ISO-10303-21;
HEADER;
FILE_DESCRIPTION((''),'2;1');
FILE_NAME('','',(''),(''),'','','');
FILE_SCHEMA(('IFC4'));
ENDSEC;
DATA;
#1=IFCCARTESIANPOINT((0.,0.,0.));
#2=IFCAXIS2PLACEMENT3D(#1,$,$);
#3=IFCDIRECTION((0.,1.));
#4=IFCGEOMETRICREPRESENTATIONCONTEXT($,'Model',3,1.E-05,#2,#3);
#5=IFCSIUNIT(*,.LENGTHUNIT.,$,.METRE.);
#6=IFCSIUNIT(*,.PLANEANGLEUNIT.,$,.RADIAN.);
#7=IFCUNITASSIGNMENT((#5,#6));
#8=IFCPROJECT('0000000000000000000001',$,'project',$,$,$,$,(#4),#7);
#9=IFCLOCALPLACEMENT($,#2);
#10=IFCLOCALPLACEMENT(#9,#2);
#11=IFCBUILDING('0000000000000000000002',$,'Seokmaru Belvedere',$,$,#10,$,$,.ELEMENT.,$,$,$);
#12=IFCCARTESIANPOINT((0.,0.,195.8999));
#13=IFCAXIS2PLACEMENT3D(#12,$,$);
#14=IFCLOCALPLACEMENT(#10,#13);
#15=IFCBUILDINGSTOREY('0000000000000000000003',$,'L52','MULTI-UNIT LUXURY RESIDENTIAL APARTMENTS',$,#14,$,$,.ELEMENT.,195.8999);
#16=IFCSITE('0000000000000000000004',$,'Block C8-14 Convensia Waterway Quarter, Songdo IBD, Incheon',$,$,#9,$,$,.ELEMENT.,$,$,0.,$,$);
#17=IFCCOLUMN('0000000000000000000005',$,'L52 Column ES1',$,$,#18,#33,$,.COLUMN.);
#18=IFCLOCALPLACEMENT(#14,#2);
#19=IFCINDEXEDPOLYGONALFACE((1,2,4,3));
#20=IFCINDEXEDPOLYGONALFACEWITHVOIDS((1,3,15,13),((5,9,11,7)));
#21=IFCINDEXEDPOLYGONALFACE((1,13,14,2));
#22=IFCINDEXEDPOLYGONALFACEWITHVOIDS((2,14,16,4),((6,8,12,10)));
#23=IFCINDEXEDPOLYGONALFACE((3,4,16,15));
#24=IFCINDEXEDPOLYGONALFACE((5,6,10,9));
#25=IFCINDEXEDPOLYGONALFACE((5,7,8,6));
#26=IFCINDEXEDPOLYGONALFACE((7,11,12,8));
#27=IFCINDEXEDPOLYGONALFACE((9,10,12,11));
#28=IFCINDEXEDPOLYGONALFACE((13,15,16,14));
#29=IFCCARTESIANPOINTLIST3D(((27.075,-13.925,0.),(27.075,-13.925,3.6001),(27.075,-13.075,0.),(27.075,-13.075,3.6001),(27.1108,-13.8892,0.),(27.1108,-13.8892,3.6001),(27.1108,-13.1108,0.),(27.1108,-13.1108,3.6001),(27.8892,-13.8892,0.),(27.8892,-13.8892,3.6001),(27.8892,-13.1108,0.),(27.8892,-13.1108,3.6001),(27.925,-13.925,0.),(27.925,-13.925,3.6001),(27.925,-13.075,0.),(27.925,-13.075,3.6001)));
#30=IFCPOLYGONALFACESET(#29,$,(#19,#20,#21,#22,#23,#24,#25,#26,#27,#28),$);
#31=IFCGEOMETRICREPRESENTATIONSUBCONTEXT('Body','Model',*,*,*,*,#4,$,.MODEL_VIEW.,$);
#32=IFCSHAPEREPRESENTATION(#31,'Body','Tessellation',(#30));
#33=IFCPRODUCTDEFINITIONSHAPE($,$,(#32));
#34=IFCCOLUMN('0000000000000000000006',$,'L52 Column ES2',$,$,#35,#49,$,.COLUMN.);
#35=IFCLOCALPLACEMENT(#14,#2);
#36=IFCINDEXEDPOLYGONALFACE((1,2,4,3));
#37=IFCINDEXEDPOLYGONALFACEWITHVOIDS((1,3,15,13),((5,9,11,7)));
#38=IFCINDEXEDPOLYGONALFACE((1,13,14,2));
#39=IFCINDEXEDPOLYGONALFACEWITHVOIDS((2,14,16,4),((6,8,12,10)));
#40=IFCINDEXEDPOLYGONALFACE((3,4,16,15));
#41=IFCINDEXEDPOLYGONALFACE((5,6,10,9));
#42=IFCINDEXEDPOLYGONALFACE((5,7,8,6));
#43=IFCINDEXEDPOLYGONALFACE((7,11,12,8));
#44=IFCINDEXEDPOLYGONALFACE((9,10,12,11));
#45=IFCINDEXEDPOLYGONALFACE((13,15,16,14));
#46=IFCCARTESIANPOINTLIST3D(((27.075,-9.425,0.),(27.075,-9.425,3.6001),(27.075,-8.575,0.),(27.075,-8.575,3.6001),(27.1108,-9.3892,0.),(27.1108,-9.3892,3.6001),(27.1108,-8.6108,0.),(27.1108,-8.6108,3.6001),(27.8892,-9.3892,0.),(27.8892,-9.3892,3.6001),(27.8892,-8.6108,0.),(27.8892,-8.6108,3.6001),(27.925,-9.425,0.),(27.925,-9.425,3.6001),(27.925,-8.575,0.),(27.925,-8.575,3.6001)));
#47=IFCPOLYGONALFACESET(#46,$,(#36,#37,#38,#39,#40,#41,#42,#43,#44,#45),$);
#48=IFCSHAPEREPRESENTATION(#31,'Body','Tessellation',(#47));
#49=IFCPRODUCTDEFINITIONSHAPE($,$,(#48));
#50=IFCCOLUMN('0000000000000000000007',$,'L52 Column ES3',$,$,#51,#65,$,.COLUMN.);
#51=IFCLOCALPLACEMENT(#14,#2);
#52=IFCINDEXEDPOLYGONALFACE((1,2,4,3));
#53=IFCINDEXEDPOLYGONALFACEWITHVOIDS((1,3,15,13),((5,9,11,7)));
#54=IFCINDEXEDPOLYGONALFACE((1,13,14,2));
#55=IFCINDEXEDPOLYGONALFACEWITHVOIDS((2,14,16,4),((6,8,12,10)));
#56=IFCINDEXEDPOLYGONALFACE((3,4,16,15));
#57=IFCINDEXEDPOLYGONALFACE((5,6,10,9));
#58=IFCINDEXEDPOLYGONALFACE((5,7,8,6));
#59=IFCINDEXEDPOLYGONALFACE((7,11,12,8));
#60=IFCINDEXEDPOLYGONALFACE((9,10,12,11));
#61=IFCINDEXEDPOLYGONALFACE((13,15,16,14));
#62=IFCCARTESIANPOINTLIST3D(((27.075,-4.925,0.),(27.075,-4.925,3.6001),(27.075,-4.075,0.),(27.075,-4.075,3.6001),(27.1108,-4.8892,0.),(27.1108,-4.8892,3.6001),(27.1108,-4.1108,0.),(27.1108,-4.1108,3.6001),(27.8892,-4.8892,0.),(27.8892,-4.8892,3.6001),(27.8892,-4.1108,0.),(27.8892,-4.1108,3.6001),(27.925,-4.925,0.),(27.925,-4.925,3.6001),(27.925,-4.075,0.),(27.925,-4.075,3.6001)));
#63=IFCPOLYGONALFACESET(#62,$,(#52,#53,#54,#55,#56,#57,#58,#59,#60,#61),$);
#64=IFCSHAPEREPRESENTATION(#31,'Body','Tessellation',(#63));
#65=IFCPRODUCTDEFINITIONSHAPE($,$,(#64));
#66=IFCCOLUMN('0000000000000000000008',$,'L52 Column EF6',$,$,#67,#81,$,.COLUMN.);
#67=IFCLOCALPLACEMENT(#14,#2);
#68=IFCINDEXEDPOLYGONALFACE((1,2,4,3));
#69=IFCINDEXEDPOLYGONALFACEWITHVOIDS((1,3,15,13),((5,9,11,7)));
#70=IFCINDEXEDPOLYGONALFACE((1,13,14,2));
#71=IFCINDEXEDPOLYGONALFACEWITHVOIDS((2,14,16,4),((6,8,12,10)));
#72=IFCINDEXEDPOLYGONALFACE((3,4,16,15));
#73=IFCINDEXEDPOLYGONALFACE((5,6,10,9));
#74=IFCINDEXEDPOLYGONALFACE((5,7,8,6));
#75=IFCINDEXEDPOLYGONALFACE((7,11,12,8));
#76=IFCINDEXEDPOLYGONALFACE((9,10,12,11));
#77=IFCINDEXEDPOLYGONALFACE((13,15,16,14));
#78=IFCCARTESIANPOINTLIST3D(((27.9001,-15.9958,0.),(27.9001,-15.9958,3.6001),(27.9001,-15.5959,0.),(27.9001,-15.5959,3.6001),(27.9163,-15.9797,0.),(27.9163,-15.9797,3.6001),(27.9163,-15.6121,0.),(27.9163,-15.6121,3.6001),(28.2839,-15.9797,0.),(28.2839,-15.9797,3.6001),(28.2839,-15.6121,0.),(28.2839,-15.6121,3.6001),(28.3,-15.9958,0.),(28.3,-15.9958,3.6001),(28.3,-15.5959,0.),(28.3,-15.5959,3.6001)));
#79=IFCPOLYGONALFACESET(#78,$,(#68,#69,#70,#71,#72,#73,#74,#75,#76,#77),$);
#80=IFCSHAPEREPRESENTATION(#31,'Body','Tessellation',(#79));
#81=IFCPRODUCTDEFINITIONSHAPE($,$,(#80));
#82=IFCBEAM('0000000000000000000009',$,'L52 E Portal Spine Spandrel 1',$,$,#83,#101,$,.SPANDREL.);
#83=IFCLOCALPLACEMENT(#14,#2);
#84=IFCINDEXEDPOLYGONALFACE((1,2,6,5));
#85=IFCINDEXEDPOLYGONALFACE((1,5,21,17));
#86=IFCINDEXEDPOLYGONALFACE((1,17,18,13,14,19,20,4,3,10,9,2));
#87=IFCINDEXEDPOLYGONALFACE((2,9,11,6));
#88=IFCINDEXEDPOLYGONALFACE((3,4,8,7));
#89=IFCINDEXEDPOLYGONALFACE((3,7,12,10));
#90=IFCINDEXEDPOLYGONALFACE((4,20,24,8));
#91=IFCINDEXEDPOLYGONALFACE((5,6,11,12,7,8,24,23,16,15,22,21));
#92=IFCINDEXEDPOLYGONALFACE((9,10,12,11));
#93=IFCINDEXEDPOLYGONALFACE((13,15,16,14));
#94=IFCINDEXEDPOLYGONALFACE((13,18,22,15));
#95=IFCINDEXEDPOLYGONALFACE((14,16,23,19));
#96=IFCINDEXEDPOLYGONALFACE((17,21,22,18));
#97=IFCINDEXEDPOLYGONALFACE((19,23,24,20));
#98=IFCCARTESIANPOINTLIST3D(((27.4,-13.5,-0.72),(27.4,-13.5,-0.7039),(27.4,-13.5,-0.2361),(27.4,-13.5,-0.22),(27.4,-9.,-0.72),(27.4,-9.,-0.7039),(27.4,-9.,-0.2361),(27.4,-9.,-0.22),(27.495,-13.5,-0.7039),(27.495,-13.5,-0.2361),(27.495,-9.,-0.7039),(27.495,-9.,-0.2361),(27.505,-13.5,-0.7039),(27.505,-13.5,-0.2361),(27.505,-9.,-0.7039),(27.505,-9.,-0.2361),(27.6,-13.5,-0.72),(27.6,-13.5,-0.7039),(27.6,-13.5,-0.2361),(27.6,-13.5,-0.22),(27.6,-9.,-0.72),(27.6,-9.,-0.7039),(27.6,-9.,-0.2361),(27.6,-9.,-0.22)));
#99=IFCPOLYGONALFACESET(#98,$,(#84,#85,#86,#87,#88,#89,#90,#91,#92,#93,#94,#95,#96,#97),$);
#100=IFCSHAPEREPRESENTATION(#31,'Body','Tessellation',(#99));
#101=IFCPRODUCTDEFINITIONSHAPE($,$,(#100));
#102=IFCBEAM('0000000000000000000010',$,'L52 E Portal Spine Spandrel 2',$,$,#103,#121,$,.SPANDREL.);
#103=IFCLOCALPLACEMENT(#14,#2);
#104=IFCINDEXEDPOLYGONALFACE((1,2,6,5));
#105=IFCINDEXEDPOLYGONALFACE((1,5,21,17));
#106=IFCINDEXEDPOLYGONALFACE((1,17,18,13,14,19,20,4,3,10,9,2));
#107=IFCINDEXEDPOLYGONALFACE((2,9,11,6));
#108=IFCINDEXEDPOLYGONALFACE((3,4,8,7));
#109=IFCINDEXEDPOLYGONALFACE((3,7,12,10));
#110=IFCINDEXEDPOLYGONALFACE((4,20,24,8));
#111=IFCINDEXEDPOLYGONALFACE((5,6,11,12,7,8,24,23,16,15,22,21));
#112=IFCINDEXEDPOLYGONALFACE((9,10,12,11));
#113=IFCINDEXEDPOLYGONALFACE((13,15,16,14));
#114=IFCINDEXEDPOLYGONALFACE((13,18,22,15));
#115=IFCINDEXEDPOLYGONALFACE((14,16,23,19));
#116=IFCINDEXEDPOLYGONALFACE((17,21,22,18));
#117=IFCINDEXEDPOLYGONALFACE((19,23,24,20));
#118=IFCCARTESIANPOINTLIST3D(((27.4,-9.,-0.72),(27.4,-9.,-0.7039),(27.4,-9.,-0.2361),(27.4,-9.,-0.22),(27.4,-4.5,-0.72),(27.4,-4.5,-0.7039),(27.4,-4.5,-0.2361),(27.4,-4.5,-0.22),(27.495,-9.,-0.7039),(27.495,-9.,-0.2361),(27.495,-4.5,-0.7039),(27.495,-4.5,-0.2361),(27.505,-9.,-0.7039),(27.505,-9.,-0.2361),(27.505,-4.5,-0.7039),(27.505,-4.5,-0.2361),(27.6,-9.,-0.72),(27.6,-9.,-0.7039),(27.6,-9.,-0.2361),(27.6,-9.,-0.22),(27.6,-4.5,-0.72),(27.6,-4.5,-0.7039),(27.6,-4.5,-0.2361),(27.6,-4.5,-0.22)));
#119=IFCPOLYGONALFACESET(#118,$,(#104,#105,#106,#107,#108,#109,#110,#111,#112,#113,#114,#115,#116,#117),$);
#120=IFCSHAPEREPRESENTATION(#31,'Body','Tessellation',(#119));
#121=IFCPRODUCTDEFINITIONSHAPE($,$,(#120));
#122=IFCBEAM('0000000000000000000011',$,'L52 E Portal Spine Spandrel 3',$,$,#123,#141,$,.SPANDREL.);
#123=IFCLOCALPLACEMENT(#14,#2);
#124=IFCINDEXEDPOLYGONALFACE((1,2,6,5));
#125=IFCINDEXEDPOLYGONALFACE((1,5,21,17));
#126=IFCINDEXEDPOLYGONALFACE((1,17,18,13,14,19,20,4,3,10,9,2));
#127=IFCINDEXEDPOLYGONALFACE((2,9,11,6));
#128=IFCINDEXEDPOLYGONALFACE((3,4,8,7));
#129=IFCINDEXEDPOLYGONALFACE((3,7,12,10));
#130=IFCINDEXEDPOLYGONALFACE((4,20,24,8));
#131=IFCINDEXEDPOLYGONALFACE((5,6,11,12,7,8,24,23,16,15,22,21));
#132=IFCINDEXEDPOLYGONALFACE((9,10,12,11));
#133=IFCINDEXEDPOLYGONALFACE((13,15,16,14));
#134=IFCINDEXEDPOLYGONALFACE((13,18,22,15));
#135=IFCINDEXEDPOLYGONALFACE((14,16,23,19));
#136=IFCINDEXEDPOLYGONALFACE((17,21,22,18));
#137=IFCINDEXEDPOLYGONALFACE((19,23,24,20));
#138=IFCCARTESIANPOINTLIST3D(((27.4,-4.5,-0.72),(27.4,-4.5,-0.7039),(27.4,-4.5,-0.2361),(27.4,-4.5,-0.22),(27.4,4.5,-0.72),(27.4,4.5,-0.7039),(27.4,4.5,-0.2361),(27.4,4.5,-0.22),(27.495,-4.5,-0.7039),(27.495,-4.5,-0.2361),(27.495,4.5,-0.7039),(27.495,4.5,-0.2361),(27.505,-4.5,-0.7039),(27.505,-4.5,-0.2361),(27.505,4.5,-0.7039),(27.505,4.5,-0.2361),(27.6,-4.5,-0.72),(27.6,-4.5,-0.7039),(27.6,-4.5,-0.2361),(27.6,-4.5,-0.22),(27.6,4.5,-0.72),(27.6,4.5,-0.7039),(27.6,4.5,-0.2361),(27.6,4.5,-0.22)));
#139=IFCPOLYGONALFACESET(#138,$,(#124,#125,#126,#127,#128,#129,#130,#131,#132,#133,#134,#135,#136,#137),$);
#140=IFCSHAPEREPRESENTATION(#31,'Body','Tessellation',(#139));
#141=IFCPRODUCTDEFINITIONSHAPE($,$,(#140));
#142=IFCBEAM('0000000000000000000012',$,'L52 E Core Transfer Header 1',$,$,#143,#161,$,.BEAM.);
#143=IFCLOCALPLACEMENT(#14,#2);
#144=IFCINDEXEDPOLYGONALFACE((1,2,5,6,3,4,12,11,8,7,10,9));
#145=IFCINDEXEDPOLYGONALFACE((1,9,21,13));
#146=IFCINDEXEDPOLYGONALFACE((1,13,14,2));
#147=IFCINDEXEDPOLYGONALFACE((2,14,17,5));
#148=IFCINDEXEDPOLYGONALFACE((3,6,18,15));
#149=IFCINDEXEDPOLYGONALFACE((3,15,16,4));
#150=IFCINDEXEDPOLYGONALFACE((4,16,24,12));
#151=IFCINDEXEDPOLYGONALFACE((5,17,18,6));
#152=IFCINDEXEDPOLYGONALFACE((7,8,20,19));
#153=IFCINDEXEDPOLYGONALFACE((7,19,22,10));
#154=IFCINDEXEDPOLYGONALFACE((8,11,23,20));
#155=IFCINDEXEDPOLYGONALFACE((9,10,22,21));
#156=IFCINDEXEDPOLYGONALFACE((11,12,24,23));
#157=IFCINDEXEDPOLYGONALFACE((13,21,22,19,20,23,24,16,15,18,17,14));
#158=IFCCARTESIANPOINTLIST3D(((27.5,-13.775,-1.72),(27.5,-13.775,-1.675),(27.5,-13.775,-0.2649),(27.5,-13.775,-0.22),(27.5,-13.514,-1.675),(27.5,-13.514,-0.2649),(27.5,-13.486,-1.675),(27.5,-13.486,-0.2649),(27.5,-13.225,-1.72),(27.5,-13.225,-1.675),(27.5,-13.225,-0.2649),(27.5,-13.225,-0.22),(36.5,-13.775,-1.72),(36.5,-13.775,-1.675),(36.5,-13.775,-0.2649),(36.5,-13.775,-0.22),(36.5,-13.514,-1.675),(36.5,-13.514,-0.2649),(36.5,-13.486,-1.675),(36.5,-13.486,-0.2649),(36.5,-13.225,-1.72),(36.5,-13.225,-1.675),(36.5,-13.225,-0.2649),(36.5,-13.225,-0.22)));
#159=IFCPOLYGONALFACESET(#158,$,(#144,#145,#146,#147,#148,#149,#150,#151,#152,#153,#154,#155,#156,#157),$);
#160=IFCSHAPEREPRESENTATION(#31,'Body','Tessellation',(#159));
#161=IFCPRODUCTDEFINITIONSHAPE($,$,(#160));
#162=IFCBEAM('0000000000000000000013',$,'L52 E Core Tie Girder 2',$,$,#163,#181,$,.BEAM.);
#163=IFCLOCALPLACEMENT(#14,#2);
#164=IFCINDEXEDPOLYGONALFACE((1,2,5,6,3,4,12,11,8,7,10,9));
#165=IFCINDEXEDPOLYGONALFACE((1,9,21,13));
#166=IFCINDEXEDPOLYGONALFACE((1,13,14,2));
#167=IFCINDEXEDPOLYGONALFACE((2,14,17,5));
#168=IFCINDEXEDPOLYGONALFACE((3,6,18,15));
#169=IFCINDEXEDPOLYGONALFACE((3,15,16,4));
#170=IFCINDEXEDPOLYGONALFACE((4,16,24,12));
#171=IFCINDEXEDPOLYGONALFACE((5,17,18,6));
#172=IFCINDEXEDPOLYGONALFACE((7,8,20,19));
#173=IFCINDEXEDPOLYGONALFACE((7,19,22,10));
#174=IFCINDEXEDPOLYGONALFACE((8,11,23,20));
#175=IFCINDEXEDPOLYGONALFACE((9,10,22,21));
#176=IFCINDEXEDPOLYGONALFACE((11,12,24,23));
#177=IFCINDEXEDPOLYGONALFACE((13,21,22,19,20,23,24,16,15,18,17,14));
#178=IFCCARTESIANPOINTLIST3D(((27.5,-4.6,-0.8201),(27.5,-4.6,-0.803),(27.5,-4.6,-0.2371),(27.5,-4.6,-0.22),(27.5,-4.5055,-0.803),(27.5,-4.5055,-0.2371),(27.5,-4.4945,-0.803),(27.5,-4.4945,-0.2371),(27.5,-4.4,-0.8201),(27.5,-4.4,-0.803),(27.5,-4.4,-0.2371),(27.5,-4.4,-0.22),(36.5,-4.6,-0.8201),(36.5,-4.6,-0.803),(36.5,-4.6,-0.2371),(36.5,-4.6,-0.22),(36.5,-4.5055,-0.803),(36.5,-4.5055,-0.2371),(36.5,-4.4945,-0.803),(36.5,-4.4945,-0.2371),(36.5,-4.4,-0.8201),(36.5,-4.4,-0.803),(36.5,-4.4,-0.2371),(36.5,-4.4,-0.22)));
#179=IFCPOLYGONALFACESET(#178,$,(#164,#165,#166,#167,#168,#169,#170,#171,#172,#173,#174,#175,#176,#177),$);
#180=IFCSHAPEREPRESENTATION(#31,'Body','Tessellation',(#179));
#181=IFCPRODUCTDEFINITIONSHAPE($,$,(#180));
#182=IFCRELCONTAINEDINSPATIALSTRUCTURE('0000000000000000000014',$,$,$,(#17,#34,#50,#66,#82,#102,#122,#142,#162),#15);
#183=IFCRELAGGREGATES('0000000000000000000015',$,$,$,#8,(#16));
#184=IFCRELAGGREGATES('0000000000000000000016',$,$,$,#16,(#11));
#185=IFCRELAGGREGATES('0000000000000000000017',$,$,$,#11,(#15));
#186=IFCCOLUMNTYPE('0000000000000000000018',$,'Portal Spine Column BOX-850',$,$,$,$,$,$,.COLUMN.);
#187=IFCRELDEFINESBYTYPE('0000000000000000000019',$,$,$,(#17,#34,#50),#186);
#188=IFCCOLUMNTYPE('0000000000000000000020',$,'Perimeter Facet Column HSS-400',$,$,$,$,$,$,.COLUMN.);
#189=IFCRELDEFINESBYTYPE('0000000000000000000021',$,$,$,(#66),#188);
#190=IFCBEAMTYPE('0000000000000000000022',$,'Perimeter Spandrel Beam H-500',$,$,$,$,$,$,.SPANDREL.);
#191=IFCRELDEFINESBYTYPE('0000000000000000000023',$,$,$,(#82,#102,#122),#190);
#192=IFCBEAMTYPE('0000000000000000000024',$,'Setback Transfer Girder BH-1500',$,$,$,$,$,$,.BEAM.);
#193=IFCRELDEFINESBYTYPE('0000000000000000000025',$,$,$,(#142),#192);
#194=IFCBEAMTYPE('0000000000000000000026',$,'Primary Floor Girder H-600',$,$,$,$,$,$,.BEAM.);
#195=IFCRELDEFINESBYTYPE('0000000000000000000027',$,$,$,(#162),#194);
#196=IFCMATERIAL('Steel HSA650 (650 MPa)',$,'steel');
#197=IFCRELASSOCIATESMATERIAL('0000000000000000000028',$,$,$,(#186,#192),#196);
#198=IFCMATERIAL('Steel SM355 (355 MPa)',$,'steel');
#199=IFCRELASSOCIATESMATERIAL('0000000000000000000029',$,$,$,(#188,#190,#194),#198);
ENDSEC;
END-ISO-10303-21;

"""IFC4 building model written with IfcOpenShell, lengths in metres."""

from ifc_helpers import new_model, si_unit, direction, frame, origin, origin_2d, place, context, subcontext, project, spatial, hollow_rectangle, i_section, extrude, source, transform, mapped, material, material_profile, profile_set, type_object, type_shapes, element, save


model = new_model("IFC4")

# Units and contexts
model_context = context("Model", 3, precision=1e-05, world=origin(), true_north=direction((0.0, 1.0)))
body_context = subcontext(model_context, "Body", "Model", "MODEL_VIEW")
ifc_project = project(units=[si_unit("LENGTHUNIT", "METRE"), si_unit("PLANEANGLEUNIT", "RADIAN")], contexts=[model_context])

# Site, building, storey
site_placement = place(None, origin())
site = spatial("IfcSite", under=ifc_project, at=site_placement, Name="Block C8-14 Convensia Waterway Quarter, Songdo IBD, Incheon", CompositionType="ELEMENT", RefElevation=0.0)
building_placement = place(site_placement, origin())
building = spatial("IfcBuilding", under=site, at=building_placement, Name="Seokmaru Belvedere", CompositionType="ELEMENT")
storey_placement = place(building_placement, frame((0.0, 0.0, 195.8999)))
storey = spatial("IfcBuildingStorey", under=building, at=storey_placement, Name="L52", Description="MULTI-UNIT LUXURY RESIDENTIAL APARTMENTS", CompositionType="ELEMENT", Elevation=195.8999)

# Columns
ifc_material_1 = material(Name="Steel HSA650 (650 MPa)", Category="steel")
ifc_material_profile_1 = material_profile(ifc_material_1, hollow_rectangle(XDim=0.8501, YDim=0.8501, WallThickness=0.0359, at=origin_2d()), Name="BOX-850x850x36")
ifc_profile_set_1 = profile_set([ifc_material_profile_1], Name="Steel HSA650 (650 MPa)")
column_type_1 = type_object("IfcColumnType", Name="Portal Spine Column BOX-850", PredefinedType="COLUMN", material=ifc_profile_set_1)
shared_shape_1 = source(origin(), body_context, "Body", "SweptSolid", [
    extrude(hollow_rectangle(XDim=0.8501, YDim=0.8501, WallThickness=0.0359, at=origin_2d()), origin(), (0.0, 0.0, 1.0), 3.6001),
])
type_shapes(column_type_1, [shared_shape_1])
for number, where, z_axis, x_axis, name in (
    (1, (27.5, -13.5, 0.0), (0.0, 0.0, 1.0), (1.0, 0.0, 0.0), "L52 Column ES1"),
    (2, (27.5, -9.0, 0.0), (0.0, 0.0, 1.0), (1.0, 0.0, 0.0), "L52 Column ES2"),
    (3, (27.5, -4.5, 0.0), (0.0, 0.0, 1.0), (1.0, 0.0, 0.0), "L52 Column ES3"),
):
    element("IfcColumn", number, at=place(storey_placement, frame(where, z_axis=z_axis, x_axis=x_axis)), inside=storey, type_object=column_type_1, Name=name, PredefinedType="COLUMN", context=body_context, shape_type="MappedRepresentation", body=[
        mapped(shared_shape_1, transform((0.0, 0.0, 0.0), scale=1.0)),
    ])
ifc_material_2 = material(Name="Steel SM355 (355 MPa)", Category="steel")
ifc_material_profile_2 = material_profile(ifc_material_2, hollow_rectangle(XDim=0.3999, YDim=0.3999, WallThickness=0.0161, at=origin_2d()), Name="HSS-400x400x16")
ifc_profile_set_2 = profile_set([ifc_material_profile_2], Name="Steel SM355 (355 MPa)")
column_type_2 = type_object("IfcColumnType", Name="Perimeter Facet Column HSS-400", PredefinedType="COLUMN", material=ifc_profile_set_2)
shared_shape_2 = source(origin(), body_context, "Body", "SweptSolid", [
    extrude(hollow_rectangle(XDim=0.3999, YDim=0.3999, WallThickness=0.0161, at=origin_2d()), origin(), (0.0, 0.0, 1.0), 3.6001),
])
type_shapes(column_type_2, [shared_shape_2])
column_placement = place(storey_placement, frame((28.1001, -15.7959, 0.0), z_axis=(0.0, 0.0, 1.0), x_axis=(1.0, 0.0, 0.0)))
element("IfcColumn", 4, at=column_placement, inside=storey, type_object=column_type_2, Name="L52 Column EF6", PredefinedType="COLUMN", context=body_context, shape_type="MappedRepresentation", body=[
    mapped(shared_shape_2, transform((0.0, 0.0, 0.0), scale=1.0)),
])

# Beams
ifc_material_profile_3 = material_profile(ifc_material_2, i_section(OverallWidth=0.2, OverallDepth=0.5, WebThickness=0.01, FlangeThickness=0.0161, at=origin_2d()), Name="H-500x200x10x16")
ifc_profile_set_3 = profile_set([ifc_material_profile_3], Name="Steel SM355 (355 MPa)")
beam_type_1 = type_object("IfcBeamType", Name="Perimeter Spandrel Beam H-500", PredefinedType="SPANDREL", material=ifc_profile_set_3)
shared_shape_3 = source(origin(), body_context, "Body", "SweptSolid", [
    extrude(i_section(OverallWidth=0.2, OverallDepth=0.5, WebThickness=0.01, FlangeThickness=0.0161, at=origin_2d()), origin(), (0.0, 0.0, 1.0), 4.5),
])
for number, where, z_axis, x_axis, name in (
    (5, (27.5, -13.5, -0.47), (0.0, 1.0, 0.0), (-1.0, 0.0, 0.0), "L52 E Portal Spine Spandrel 1"),
    (6, (27.5, -9.0, -0.47), (0.0, 1.0, 0.0), (-1.0, 0.0, 0.0), "L52 E Portal Spine Spandrel 2"),
):
    element("IfcBeam", number, at=place(storey_placement, frame(where, z_axis=z_axis, x_axis=x_axis)), inside=storey, type_object=beam_type_1, Name=name, PredefinedType="SPANDREL", context=body_context, shape_type="MappedRepresentation", body=[
        mapped(shared_shape_3, transform((0.0, 0.0, 0.0), scale=1.0)),
    ])
shared_shape_4 = source(origin(), body_context, "Body", "SweptSolid", [
    extrude(i_section(OverallWidth=0.2, OverallDepth=0.5, WebThickness=0.01, FlangeThickness=0.0161, at=origin_2d()), origin(), (0.0, 0.0, 1.0), 9.0),
])
type_shapes(beam_type_1, [shared_shape_3, shared_shape_4])
beam_1_placement = place(storey_placement, frame((27.5, -4.5, -0.47), z_axis=(0.0, 1.0, 0.0), x_axis=(-1.0, 0.0, 0.0)))
element("IfcBeam", 7, at=beam_1_placement, inside=storey, type_object=beam_type_1, Name="L52 E Portal Spine Spandrel 3", PredefinedType="SPANDREL", context=body_context, shape_type="MappedRepresentation", body=[
    mapped(shared_shape_4, transform((0.0, 0.0, 0.0), scale=1.0)),
])
ifc_material_profile_4 = material_profile(ifc_material_1, i_section(OverallWidth=0.55, OverallDepth=1.5, WebThickness=0.0281, FlangeThickness=0.0449, at=origin_2d()), Name="BH-1500x550x28x45")
ifc_profile_set_4 = profile_set([ifc_material_profile_4], Name="Steel HSA650 (650 MPa)")
beam_type_2 = type_object("IfcBeamType", Name="Setback Transfer Girder BH-1500", PredefinedType="BEAM", material=ifc_profile_set_4)
shared_shape_5 = source(origin(), body_context, "Body", "SweptSolid", [
    extrude(i_section(OverallWidth=0.55, OverallDepth=1.5, WebThickness=0.0281, FlangeThickness=0.0449, at=origin_2d()), origin(), (0.0, 0.0, 1.0), 9.0),
])
beam_2_placement = place(storey_placement, frame((27.5, -13.5, -0.97), z_axis=(1.0, 0.0, 0.0), x_axis=(0.0, 1.0, 0.0)))
element("IfcBeam", 8, at=beam_2_placement, inside=storey, type_object=beam_type_2, Name="L52 E Core Transfer Header 1", PredefinedType="BEAM", context=body_context, shape_type="MappedRepresentation", body=[
    mapped(shared_shape_5, transform((0.0, 0.0, 0.0), scale=1.0)),
])
ifc_material_profile_5 = material_profile(ifc_material_2, i_section(OverallWidth=0.2, OverallDepth=0.6001, WebThickness=0.011, FlangeThickness=0.0171, at=origin_2d()), Name="H-600x200x11x17")
ifc_profile_set_5 = profile_set([ifc_material_profile_5], Name="Steel SM355 (355 MPa)")
beam_type_3 = type_object("IfcBeamType", Name="Primary Floor Girder H-600", PredefinedType="BEAM", material=ifc_profile_set_5)
shared_shape_6 = source(origin(), body_context, "Body", "SweptSolid", [
    extrude(i_section(OverallWidth=0.2, OverallDepth=0.6001, WebThickness=0.011, FlangeThickness=0.0171, at=origin_2d()), origin(), (0.0, 0.0, 1.0), 9.0),
])
type_shapes(beam_type_3, [shared_shape_6])
beam_3_placement = place(storey_placement, frame((27.5, -4.5, -0.52), z_axis=(1.0, 0.0, 0.0), x_axis=(0.0, 1.0, 0.0)))
element("IfcBeam", 9, at=beam_3_placement, inside=storey, type_object=beam_type_3, Name="L52 E Core Tie Girder 2", PredefinedType="BEAM", context=body_context, shape_type="MappedRepresentation", body=[
    mapped(shared_shape_6, transform((0.0, 0.0, 0.0), scale=1.0)),
])

save(model, "model.ifc")
